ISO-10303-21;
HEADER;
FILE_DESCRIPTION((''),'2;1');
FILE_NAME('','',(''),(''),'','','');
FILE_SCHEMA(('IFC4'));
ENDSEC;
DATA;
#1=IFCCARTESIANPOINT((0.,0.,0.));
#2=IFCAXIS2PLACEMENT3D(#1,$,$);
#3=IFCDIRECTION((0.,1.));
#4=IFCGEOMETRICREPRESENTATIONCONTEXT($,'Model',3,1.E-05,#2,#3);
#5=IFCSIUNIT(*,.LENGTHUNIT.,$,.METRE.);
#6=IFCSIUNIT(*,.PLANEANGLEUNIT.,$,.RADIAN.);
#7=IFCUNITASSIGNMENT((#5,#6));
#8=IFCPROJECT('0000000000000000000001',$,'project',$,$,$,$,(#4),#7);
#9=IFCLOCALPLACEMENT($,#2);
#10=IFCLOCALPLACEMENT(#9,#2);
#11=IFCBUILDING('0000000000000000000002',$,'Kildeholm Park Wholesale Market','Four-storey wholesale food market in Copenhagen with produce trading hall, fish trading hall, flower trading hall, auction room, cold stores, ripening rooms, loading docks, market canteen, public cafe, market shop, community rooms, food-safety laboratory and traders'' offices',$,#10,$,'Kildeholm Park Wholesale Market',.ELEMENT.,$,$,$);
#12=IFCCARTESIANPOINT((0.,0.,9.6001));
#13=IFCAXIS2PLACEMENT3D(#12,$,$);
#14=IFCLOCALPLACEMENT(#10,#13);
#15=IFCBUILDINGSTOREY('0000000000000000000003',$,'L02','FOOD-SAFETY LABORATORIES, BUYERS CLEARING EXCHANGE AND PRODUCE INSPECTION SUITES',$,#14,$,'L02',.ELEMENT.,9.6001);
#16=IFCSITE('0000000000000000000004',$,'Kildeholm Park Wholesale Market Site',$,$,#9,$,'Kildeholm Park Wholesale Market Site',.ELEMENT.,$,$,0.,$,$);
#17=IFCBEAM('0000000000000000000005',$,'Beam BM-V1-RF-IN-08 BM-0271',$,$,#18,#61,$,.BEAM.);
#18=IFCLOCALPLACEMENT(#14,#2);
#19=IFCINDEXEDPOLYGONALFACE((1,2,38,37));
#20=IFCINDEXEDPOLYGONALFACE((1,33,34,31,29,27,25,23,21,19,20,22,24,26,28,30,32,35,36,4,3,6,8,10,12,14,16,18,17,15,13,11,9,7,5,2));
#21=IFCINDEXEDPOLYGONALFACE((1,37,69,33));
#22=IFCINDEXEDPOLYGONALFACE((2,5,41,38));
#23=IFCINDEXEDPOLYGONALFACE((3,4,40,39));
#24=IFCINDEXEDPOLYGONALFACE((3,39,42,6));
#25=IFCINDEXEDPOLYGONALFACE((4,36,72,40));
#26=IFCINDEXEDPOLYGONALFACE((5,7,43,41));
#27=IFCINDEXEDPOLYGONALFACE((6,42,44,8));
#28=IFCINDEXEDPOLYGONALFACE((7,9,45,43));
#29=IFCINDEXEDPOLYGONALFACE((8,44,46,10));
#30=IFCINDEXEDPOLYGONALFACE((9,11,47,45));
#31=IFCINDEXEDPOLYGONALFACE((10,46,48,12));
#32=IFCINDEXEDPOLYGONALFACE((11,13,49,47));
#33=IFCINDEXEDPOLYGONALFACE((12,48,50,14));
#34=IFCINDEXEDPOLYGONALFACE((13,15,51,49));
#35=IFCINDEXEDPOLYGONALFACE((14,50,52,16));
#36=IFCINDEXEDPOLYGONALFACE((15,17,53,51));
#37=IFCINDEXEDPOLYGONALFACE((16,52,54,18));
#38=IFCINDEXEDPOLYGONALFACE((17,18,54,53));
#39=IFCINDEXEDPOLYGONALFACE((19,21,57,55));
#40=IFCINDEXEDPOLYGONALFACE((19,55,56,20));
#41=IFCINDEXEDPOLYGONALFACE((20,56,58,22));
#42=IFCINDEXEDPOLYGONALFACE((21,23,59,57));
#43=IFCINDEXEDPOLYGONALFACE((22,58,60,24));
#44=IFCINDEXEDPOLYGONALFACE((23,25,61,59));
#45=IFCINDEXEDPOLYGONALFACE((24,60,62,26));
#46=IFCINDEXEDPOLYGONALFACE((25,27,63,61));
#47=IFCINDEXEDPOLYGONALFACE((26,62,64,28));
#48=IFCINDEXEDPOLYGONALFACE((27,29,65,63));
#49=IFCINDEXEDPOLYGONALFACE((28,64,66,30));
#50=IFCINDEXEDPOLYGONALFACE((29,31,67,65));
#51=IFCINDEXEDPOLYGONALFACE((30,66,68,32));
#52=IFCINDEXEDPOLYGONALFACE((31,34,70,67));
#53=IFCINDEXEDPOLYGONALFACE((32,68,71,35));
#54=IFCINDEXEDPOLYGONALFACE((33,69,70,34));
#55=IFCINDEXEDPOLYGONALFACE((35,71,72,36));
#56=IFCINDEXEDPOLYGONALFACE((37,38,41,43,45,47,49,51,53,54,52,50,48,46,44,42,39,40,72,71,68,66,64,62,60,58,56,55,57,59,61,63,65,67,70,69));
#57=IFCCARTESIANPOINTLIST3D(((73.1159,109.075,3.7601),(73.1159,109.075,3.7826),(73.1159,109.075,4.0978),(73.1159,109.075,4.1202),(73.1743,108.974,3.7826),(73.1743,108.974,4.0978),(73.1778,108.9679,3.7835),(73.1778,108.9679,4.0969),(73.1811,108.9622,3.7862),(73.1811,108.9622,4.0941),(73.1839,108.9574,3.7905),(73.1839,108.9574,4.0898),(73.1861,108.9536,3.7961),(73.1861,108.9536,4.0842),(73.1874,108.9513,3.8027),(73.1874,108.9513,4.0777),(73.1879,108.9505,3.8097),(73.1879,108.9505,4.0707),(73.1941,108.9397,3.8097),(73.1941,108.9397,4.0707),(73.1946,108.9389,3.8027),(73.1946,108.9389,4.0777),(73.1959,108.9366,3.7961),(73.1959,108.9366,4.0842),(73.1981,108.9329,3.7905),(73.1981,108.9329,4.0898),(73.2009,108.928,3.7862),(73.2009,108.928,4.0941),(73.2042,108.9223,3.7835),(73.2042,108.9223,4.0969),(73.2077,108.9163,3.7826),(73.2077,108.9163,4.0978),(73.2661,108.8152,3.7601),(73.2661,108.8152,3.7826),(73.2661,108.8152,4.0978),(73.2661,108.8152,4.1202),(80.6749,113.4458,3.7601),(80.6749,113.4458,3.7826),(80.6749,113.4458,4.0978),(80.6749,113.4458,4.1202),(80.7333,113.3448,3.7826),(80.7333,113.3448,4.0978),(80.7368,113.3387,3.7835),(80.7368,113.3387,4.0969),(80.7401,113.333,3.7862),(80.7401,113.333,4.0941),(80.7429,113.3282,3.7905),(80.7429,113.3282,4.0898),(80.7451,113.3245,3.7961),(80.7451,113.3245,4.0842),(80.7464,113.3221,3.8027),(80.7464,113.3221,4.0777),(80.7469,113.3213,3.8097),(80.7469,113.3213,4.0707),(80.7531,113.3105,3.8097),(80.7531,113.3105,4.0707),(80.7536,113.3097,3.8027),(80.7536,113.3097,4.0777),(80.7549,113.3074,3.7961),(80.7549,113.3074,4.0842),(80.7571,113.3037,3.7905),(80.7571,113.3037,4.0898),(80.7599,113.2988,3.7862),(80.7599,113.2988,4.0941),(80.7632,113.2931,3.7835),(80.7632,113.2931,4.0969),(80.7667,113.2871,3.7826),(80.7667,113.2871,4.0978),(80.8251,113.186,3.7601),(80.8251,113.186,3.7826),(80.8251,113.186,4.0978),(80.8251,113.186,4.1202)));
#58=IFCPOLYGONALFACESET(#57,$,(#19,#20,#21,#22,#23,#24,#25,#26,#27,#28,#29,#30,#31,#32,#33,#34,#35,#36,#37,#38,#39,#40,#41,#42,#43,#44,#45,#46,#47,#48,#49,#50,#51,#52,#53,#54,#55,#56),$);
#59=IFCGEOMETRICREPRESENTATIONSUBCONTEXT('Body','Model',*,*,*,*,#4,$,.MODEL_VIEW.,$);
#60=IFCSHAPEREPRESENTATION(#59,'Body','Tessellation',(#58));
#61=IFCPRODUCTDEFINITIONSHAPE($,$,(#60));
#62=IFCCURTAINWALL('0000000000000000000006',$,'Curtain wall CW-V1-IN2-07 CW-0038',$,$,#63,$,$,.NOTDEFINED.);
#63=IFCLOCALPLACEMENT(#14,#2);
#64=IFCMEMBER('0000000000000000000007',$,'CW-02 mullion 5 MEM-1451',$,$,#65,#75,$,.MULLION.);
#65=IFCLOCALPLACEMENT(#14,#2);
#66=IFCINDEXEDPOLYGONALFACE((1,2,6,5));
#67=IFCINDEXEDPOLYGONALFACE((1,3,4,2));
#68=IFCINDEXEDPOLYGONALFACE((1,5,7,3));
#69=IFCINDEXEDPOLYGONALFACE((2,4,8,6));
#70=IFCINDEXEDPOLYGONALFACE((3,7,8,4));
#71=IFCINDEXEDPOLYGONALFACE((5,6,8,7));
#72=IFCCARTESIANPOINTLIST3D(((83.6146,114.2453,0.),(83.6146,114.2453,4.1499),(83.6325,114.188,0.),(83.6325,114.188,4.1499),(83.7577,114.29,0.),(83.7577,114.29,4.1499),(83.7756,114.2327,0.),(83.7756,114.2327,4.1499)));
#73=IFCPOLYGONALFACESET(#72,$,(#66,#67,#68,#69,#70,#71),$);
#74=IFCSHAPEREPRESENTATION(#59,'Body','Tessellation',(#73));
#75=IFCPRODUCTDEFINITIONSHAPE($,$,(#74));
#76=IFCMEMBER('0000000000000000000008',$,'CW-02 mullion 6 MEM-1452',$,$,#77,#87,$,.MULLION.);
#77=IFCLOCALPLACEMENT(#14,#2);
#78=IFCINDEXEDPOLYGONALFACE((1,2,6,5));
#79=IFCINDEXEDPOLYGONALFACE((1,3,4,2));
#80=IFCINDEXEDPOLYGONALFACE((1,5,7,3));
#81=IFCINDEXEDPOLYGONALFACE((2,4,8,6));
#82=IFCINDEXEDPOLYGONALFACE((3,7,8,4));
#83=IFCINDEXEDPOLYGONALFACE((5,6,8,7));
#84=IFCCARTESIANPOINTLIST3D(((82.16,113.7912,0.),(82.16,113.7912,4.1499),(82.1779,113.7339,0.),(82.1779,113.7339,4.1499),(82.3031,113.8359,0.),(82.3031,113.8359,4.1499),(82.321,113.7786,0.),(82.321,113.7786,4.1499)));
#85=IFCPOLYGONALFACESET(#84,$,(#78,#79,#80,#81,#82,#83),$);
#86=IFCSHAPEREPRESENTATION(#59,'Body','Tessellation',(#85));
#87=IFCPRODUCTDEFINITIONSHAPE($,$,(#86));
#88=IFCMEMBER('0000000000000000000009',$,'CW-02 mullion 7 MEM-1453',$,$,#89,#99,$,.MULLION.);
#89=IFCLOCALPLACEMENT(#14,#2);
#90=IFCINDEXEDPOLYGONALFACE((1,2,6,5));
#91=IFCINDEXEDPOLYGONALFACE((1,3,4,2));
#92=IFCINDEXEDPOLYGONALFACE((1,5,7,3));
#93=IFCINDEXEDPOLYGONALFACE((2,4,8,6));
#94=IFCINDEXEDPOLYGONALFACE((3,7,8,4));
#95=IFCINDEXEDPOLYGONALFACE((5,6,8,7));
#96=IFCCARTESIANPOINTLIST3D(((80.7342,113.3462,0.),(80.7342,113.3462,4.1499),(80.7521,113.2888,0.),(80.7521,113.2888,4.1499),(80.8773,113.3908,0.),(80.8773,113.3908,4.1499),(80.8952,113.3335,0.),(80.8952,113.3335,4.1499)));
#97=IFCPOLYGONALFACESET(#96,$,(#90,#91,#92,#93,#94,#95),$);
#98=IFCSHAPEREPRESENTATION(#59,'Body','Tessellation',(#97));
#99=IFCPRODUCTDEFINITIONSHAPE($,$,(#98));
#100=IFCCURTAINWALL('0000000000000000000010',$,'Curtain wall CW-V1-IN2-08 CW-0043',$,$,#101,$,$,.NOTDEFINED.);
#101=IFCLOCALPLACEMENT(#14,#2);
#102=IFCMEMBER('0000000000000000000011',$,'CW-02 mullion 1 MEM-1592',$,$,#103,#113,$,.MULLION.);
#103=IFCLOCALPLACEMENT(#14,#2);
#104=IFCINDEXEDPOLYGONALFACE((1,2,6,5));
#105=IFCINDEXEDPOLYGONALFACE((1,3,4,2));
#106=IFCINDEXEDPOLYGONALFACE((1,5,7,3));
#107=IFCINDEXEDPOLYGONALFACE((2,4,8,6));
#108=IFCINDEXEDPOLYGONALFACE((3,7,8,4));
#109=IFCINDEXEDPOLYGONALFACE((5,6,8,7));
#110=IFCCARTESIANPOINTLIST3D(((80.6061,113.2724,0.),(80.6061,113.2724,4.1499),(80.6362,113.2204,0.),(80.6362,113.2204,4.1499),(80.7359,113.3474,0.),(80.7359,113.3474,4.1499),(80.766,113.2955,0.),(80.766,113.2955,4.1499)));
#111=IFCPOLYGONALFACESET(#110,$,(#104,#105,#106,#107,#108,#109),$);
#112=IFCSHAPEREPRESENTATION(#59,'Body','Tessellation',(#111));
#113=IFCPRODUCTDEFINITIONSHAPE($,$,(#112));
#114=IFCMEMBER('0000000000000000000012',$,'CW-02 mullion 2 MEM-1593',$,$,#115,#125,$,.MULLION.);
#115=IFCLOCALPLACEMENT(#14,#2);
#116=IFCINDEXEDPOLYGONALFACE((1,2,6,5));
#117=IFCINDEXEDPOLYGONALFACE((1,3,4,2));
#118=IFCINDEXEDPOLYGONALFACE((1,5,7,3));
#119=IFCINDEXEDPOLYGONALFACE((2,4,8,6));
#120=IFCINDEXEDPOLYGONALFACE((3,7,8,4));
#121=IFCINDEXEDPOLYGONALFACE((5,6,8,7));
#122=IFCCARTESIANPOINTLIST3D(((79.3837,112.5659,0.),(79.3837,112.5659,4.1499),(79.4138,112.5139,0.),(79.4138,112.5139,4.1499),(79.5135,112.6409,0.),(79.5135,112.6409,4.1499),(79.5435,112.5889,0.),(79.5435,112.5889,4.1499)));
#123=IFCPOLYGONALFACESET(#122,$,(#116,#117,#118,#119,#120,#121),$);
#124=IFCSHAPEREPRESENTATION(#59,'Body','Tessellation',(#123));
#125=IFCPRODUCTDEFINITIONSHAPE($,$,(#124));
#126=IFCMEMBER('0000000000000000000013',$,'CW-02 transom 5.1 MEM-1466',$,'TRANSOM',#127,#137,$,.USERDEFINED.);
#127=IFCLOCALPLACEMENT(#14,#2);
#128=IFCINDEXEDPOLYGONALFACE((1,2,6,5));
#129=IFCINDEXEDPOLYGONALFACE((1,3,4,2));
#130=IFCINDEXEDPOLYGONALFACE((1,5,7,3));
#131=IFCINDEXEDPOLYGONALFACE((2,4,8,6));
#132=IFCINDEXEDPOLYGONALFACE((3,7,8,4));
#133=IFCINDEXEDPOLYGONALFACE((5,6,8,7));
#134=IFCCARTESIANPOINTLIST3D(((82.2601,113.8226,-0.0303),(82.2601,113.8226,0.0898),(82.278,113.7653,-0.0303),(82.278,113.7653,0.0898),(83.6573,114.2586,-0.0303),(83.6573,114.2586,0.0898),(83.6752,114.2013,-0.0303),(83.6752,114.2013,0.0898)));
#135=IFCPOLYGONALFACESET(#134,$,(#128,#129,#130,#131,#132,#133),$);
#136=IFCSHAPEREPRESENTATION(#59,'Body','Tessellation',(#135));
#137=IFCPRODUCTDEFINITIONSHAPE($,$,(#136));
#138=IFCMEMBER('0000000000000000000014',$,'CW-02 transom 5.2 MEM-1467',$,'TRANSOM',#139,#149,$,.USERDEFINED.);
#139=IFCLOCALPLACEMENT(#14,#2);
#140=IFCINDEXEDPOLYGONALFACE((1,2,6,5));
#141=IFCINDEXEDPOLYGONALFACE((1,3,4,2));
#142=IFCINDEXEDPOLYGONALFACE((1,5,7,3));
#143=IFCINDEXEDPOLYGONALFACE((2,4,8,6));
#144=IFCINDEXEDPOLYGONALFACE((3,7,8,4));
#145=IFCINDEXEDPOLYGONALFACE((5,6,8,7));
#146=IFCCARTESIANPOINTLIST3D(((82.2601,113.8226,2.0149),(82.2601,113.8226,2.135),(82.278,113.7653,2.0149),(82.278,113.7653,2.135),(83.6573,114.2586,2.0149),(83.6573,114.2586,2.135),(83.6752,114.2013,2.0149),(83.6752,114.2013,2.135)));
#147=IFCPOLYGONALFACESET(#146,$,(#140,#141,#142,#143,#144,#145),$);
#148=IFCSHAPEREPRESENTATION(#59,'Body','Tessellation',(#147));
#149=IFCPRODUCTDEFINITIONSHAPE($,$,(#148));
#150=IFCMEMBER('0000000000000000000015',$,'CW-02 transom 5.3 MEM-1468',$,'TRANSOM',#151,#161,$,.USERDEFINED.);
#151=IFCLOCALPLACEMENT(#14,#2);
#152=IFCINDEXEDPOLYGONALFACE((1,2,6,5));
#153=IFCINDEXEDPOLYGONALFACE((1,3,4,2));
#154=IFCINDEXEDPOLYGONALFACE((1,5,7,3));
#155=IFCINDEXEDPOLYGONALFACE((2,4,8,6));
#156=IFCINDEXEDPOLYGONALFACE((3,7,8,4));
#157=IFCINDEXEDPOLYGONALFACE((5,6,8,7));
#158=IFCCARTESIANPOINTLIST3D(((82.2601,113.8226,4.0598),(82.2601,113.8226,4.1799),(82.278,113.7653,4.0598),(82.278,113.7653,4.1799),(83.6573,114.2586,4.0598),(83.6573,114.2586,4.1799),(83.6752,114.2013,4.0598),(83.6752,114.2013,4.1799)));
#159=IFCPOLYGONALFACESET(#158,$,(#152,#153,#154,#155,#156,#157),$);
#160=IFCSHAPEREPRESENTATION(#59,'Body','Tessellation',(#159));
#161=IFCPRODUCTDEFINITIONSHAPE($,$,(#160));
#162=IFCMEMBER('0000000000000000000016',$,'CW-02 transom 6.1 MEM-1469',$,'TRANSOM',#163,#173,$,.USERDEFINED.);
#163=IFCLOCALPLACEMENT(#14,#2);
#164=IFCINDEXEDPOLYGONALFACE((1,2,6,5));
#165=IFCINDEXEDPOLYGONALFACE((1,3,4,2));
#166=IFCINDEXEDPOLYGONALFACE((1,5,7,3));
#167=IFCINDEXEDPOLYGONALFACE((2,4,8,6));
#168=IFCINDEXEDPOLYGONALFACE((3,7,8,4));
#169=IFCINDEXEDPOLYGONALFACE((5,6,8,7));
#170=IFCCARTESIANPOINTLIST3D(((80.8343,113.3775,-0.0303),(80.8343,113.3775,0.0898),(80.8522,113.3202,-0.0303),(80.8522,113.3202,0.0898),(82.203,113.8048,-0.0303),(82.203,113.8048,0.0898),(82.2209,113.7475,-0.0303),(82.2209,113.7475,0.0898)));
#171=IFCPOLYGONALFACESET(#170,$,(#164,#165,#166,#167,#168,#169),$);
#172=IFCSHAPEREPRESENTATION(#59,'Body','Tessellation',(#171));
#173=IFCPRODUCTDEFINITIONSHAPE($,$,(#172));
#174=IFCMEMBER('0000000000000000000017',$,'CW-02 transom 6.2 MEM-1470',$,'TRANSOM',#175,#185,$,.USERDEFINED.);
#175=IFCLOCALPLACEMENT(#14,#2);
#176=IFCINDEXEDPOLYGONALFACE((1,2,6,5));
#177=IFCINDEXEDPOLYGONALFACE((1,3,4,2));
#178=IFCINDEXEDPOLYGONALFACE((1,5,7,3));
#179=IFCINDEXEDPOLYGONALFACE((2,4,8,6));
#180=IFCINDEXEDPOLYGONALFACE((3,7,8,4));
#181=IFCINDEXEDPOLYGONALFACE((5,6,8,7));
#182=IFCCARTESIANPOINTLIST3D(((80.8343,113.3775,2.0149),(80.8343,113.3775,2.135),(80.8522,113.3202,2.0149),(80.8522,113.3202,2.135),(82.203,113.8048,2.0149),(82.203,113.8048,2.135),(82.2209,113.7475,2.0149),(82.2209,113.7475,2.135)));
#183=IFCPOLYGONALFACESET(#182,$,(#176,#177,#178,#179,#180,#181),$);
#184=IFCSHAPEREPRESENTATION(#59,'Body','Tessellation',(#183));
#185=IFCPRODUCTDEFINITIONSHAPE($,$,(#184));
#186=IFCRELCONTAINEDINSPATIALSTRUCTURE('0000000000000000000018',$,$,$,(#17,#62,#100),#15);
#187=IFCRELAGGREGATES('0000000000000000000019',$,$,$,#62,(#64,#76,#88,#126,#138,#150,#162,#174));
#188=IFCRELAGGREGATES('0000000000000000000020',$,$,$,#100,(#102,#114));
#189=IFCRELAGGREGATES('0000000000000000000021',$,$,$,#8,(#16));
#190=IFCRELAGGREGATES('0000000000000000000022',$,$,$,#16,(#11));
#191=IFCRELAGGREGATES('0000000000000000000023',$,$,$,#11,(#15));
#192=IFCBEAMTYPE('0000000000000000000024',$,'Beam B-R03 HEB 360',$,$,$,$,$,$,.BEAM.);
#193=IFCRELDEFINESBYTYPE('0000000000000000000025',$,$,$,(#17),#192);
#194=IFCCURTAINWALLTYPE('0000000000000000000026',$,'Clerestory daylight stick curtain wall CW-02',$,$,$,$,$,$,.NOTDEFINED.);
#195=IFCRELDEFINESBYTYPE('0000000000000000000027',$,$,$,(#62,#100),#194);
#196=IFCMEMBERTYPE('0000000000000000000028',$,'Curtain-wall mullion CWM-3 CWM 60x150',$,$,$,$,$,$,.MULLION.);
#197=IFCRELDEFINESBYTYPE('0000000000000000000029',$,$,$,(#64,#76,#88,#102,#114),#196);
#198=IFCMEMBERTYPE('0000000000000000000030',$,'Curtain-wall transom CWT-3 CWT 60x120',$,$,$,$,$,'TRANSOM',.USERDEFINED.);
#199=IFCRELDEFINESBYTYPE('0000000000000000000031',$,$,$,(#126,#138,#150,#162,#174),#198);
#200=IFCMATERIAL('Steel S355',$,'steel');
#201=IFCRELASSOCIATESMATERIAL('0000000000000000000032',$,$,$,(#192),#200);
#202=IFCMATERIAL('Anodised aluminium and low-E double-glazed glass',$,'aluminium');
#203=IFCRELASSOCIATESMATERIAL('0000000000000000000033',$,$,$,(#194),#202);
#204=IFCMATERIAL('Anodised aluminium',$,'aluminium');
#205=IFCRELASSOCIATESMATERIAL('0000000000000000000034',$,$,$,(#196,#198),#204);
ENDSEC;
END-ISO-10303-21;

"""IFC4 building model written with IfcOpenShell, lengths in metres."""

from ifc_helpers import new_model, si_unit, direction, frame, origin, origin_2d, place, context, subcontext, project, spatial, rectangle, i_section, extrude, material, material_profile, profile_set, type_object, element, aggregate, save


model = new_model("IFC4")

# Units and contexts
model_context = context("Model", 3, precision=1e-05, world=origin(), true_north=direction((0.0, 1.0)))
body_context = subcontext(model_context, "Body", "Model", "MODEL_VIEW")
ifc_project = project(units=[si_unit("LENGTHUNIT", "METRE"), si_unit("PLANEANGLEUNIT", "RADIAN")], contexts=[model_context])

# Site, building, storey
site_placement = place(None, origin())
site = spatial("IfcSite", under=ifc_project, at=site_placement, Name="Kildeholm Park Wholesale Market Site", LongName="Kildeholm Park Wholesale Market Site", CompositionType="ELEMENT", RefElevation=0.0)
building_placement = place(site_placement, origin())
building = spatial("IfcBuilding", under=site, at=building_placement, Name="Kildeholm Park Wholesale Market", Description="Four-storey wholesale food market in Copenhagen with produce trading hall, fish trading hall, flower trading hall, auction room, cold stores, ripening rooms, loading docks, market canteen, public cafe, market shop, community rooms, food-safety laboratory and traders' offices", LongName="Kildeholm Park Wholesale Market", CompositionType="ELEMENT")
storey_placement = place(building_placement, frame((0.0, 0.0, 9.6001)))
storey = spatial("IfcBuildingStorey", under=building, at=storey_placement, Name="L02", Description="FOOD-SAFETY LABORATORIES, BUYERS CLEARING EXCHANGE AND PRODUCE INSPECTION SUITES", LongName="L02", CompositionType="ELEMENT", Elevation=9.6001)

# Shared definitions
ifc_material_1 = material(Name="Steel S355", Category="steel")

# Beam
ifc_material_profile_1 = material_profile(ifc_material_1, i_section(OverallWidth=0.3, OverallDepth=0.3601, WebThickness=0.0125, FlangeThickness=0.0225, FilletRadius=0.0271, at=origin_2d()), Name="HEB 360")
ifc_profile_set_1 = profile_set([ifc_material_profile_1], Name="Steel S355")
beam_type_1 = type_object("IfcBeamType", Name="Beam B-R03 HEB 360", PredefinedType="BEAM", material=ifc_profile_set_1)
beam_1_placement = place(storey_placement, frame((80.75, 113.3159, 3.9402), z_axis=(-0.865697, -0.500568, 0.0), x_axis=(0.500568, -0.865697, 0.0)))
element("IfcBeam", 1, at=beam_1_placement, inside=storey, type_object=beam_type_1, Name="Beam BM-V1-RF-IN-08 BM-0271", PredefinedType="BEAM", context=body_context, shape_type="SweptSolid", body=[
    extrude(i_section(OverallWidth=0.3, OverallDepth=0.3601, WebThickness=0.0125, FlangeThickness=0.0225, FilletRadius=0.0271, at=origin_2d()), origin(), (0.0, 0.0, 1.0), 8.7317),
])

# Curtain walls, members
ifc_material_2 = material(Name="Anodised aluminium and low-E double-glazed glass", Category="aluminium")
curtain_wall_type = type_object("IfcCurtainWallType", Name="Clerestory daylight stick curtain wall CW-02", PredefinedType="NOTDEFINED", material=ifc_material_2)
curtain_wall_1_placement = place(storey_placement, origin())
curtain_wall_1 = element("IfcCurtainWall", 2, at=curtain_wall_1_placement, inside=storey, type_object=curtain_wall_type, Name="Curtain wall CW-V1-IN2-07 CW-0038", PredefinedType="NOTDEFINED")
ifc_material_3 = material(Name="Anodised aluminium", Category="aluminium")
ifc_material_profile_2 = material_profile(ifc_material_3, rectangle(XDim=0.0601, YDim=0.1499, at=origin_2d()), Name="CWM 60x150")
ifc_profile_set_2 = profile_set([ifc_material_profile_2], Name="Anodised aluminium")
member_type_1 = type_object("IfcMemberType", Name="Curtain-wall mullion CWM-3 CWM 60x150", PredefinedType="MULLION", material=ifc_profile_set_2)
member_1_placement = place(storey_placement, frame((83.6951, 114.239, 0.0), z_axis=(0.0, 0.0, 1.0), x_axis=(0.297957, -0.954579, 0.0)))
member_1 = element("IfcMember", 3, at=member_1_placement, type_object=member_type_1, Name="CW-02 mullion 5 MEM-1451", PredefinedType="MULLION", context=body_context, shape_type="SweptSolid", body=[
    extrude(rectangle(XDim=0.0601, YDim=0.1499, at=origin_2d()), origin(), (0.0, 0.0, 1.0), 4.1499),
])
member_2_placement = place(storey_placement, frame((82.2405, 113.7849, 0.0), z_axis=(0.0, 0.0, 1.0), x_axis=(0.297957, -0.954579, 0.0)))
member_2 = element("IfcMember", 4, at=member_2_placement, type_object=member_type_1, Name="CW-02 mullion 6 MEM-1452", PredefinedType="MULLION", context=body_context, shape_type="SweptSolid", body=[
    extrude(rectangle(XDim=0.0601, YDim=0.1499, at=origin_2d()), origin(), (0.0, 0.0, 1.0), 4.1499),
])
member_3_placement = place(storey_placement, frame((80.8147, 113.3398, 0.0), z_axis=(0.0, 0.0, 1.0), x_axis=(0.297957, -0.954579, 0.0)))
member_3 = element("IfcMember", 5, at=member_3_placement, type_object=member_type_1, Name="CW-02 mullion 7 MEM-1453", PredefinedType="MULLION", context=body_context, shape_type="SweptSolid", body=[
    extrude(rectangle(XDim=0.0601, YDim=0.1499, at=origin_2d()), origin(), (0.0, 0.0, 1.0), 4.1499),
])
curtain_wall_2_placement = place(storey_placement, origin())
curtain_wall_2 = element("IfcCurtainWall", 6, at=curtain_wall_2_placement, inside=storey, type_object=curtain_wall_type, Name="Curtain wall CW-V1-IN2-08 CW-0043", PredefinedType="NOTDEFINED")
member_4_placement = place(storey_placement, frame((80.686, 113.2839, 0.0), z_axis=(0.0, 0.0, 1.0), x_axis=(0.500489, -0.865743, 0.0)))
member_4 = element("IfcMember", 7, at=member_4_placement, type_object=member_type_1, Name="CW-02 mullion 1 MEM-1592", PredefinedType="MULLION", context=body_context, shape_type="SweptSolid", body=[
    extrude(rectangle(XDim=0.0601, YDim=0.1499, at=origin_2d()), origin(), (0.0, 0.0, 1.0), 4.1499),
])
member_5_placement = place(storey_placement, frame((79.4636, 112.5774, 0.0), z_axis=(0.0, 0.0, 1.0), x_axis=(0.500489, -0.865743, 0.0)))
member_5 = element("IfcMember", 8, at=member_5_placement, type_object=member_type_1, Name="CW-02 mullion 2 MEM-1593", PredefinedType="MULLION", context=body_context, shape_type="SweptSolid", body=[
    extrude(rectangle(XDim=0.0601, YDim=0.1499, at=origin_2d()), origin(), (0.0, 0.0, 1.0), 4.1499),
])

# Members
ifc_material_profile_3 = material_profile(ifc_material_3, rectangle(XDim=0.0601, YDim=0.1201, at=origin_2d()), Name="CWT 60x120")
ifc_profile_set_3 = profile_set([ifc_material_profile_3], Name="Anodised aluminium")
member_type_2 = type_object("IfcMemberType", Name="Curtain-wall transom CWT-3 CWT 60x120", ElementType="TRANSOM", PredefinedType="USERDEFINED", material=ifc_profile_set_3)
member_6_placement = place(storey_placement, frame((83.6663, 114.23, 0.0298), z_axis=(-0.954596, -0.297905, 0.0), x_axis=(0.297905, -0.954596, 0.0)))
member_6 = element("IfcMember", 9, at=member_6_placement, type_object=member_type_2, Name="CW-02 transom 5.1 MEM-1466", ObjectType="TRANSOM", PredefinedType="USERDEFINED", context=body_context, shape_type="SweptSolid", body=[
    extrude(rectangle(XDim=0.0601, YDim=0.1201, at=origin_2d()), origin(), (0.0, 0.0, 1.0), 1.4636),
])
member_7_placement = place(storey_placement, frame((83.6663, 114.23, 2.075), z_axis=(-0.954596, -0.297905, 0.0), x_axis=(0.297905, -0.954596, 0.0)))
member_7 = element("IfcMember", 10, at=member_7_placement, type_object=member_type_2, Name="CW-02 transom 5.2 MEM-1467", ObjectType="TRANSOM", PredefinedType="USERDEFINED", context=body_context, shape_type="SweptSolid", body=[
    extrude(rectangle(XDim=0.0601, YDim=0.1201, at=origin_2d()), origin(), (0.0, 0.0, 1.0), 1.4636),
])
member_8_placement = place(storey_placement, frame((83.6663, 114.23, 4.1199), z_axis=(-0.954596, -0.297905, 0.0), x_axis=(0.297905, -0.954596, 0.0)))
member_8 = element("IfcMember", 11, at=member_8_placement, type_object=member_type_2, Name="CW-02 transom 5.3 MEM-1468", ObjectType="TRANSOM", PredefinedType="USERDEFINED", context=body_context, shape_type="SweptSolid", body=[
    extrude(rectangle(XDim=0.0601, YDim=0.1201, at=origin_2d()), origin(), (0.0, 0.0, 1.0), 1.4636),
])
member_9_placement = place(storey_placement, frame((82.2119, 113.7761, 0.0298), z_axis=(-0.954571, -0.297984, 0.0), x_axis=(0.297984, -0.954571, 0.0)))
member_9 = element("IfcMember", 12, at=member_9_placement, type_object=member_type_2, Name="CW-02 transom 6.1 MEM-1469", ObjectType="TRANSOM", PredefinedType="USERDEFINED", context=body_context, shape_type="SweptSolid", body=[
    extrude(rectangle(XDim=0.0601, YDim=0.1201, at=origin_2d()), origin(), (0.0, 0.0, 1.0), 1.4338),
])
member_10_placement = place(storey_placement, frame((82.2119, 113.7761, 2.075), z_axis=(-0.954571, -0.297984, 0.0), x_axis=(0.297984, -0.954571, 0.0)))
member_10 = element("IfcMember", 13, at=member_10_placement, type_object=member_type_2, Name="CW-02 transom 6.2 MEM-1470", ObjectType="TRANSOM", PredefinedType="USERDEFINED", context=body_context, shape_type="SweptSolid", body=[
    extrude(rectangle(XDim=0.0601, YDim=0.1201, at=origin_2d()), origin(), (0.0, 0.0, 1.0), 1.4338),
])

aggregate(curtain_wall_1, [member_1, member_2, member_3, member_6, member_7, member_8, member_9, member_10])
aggregate(curtain_wall_2, [member_4, member_5])

save(model, "model.ifc")
